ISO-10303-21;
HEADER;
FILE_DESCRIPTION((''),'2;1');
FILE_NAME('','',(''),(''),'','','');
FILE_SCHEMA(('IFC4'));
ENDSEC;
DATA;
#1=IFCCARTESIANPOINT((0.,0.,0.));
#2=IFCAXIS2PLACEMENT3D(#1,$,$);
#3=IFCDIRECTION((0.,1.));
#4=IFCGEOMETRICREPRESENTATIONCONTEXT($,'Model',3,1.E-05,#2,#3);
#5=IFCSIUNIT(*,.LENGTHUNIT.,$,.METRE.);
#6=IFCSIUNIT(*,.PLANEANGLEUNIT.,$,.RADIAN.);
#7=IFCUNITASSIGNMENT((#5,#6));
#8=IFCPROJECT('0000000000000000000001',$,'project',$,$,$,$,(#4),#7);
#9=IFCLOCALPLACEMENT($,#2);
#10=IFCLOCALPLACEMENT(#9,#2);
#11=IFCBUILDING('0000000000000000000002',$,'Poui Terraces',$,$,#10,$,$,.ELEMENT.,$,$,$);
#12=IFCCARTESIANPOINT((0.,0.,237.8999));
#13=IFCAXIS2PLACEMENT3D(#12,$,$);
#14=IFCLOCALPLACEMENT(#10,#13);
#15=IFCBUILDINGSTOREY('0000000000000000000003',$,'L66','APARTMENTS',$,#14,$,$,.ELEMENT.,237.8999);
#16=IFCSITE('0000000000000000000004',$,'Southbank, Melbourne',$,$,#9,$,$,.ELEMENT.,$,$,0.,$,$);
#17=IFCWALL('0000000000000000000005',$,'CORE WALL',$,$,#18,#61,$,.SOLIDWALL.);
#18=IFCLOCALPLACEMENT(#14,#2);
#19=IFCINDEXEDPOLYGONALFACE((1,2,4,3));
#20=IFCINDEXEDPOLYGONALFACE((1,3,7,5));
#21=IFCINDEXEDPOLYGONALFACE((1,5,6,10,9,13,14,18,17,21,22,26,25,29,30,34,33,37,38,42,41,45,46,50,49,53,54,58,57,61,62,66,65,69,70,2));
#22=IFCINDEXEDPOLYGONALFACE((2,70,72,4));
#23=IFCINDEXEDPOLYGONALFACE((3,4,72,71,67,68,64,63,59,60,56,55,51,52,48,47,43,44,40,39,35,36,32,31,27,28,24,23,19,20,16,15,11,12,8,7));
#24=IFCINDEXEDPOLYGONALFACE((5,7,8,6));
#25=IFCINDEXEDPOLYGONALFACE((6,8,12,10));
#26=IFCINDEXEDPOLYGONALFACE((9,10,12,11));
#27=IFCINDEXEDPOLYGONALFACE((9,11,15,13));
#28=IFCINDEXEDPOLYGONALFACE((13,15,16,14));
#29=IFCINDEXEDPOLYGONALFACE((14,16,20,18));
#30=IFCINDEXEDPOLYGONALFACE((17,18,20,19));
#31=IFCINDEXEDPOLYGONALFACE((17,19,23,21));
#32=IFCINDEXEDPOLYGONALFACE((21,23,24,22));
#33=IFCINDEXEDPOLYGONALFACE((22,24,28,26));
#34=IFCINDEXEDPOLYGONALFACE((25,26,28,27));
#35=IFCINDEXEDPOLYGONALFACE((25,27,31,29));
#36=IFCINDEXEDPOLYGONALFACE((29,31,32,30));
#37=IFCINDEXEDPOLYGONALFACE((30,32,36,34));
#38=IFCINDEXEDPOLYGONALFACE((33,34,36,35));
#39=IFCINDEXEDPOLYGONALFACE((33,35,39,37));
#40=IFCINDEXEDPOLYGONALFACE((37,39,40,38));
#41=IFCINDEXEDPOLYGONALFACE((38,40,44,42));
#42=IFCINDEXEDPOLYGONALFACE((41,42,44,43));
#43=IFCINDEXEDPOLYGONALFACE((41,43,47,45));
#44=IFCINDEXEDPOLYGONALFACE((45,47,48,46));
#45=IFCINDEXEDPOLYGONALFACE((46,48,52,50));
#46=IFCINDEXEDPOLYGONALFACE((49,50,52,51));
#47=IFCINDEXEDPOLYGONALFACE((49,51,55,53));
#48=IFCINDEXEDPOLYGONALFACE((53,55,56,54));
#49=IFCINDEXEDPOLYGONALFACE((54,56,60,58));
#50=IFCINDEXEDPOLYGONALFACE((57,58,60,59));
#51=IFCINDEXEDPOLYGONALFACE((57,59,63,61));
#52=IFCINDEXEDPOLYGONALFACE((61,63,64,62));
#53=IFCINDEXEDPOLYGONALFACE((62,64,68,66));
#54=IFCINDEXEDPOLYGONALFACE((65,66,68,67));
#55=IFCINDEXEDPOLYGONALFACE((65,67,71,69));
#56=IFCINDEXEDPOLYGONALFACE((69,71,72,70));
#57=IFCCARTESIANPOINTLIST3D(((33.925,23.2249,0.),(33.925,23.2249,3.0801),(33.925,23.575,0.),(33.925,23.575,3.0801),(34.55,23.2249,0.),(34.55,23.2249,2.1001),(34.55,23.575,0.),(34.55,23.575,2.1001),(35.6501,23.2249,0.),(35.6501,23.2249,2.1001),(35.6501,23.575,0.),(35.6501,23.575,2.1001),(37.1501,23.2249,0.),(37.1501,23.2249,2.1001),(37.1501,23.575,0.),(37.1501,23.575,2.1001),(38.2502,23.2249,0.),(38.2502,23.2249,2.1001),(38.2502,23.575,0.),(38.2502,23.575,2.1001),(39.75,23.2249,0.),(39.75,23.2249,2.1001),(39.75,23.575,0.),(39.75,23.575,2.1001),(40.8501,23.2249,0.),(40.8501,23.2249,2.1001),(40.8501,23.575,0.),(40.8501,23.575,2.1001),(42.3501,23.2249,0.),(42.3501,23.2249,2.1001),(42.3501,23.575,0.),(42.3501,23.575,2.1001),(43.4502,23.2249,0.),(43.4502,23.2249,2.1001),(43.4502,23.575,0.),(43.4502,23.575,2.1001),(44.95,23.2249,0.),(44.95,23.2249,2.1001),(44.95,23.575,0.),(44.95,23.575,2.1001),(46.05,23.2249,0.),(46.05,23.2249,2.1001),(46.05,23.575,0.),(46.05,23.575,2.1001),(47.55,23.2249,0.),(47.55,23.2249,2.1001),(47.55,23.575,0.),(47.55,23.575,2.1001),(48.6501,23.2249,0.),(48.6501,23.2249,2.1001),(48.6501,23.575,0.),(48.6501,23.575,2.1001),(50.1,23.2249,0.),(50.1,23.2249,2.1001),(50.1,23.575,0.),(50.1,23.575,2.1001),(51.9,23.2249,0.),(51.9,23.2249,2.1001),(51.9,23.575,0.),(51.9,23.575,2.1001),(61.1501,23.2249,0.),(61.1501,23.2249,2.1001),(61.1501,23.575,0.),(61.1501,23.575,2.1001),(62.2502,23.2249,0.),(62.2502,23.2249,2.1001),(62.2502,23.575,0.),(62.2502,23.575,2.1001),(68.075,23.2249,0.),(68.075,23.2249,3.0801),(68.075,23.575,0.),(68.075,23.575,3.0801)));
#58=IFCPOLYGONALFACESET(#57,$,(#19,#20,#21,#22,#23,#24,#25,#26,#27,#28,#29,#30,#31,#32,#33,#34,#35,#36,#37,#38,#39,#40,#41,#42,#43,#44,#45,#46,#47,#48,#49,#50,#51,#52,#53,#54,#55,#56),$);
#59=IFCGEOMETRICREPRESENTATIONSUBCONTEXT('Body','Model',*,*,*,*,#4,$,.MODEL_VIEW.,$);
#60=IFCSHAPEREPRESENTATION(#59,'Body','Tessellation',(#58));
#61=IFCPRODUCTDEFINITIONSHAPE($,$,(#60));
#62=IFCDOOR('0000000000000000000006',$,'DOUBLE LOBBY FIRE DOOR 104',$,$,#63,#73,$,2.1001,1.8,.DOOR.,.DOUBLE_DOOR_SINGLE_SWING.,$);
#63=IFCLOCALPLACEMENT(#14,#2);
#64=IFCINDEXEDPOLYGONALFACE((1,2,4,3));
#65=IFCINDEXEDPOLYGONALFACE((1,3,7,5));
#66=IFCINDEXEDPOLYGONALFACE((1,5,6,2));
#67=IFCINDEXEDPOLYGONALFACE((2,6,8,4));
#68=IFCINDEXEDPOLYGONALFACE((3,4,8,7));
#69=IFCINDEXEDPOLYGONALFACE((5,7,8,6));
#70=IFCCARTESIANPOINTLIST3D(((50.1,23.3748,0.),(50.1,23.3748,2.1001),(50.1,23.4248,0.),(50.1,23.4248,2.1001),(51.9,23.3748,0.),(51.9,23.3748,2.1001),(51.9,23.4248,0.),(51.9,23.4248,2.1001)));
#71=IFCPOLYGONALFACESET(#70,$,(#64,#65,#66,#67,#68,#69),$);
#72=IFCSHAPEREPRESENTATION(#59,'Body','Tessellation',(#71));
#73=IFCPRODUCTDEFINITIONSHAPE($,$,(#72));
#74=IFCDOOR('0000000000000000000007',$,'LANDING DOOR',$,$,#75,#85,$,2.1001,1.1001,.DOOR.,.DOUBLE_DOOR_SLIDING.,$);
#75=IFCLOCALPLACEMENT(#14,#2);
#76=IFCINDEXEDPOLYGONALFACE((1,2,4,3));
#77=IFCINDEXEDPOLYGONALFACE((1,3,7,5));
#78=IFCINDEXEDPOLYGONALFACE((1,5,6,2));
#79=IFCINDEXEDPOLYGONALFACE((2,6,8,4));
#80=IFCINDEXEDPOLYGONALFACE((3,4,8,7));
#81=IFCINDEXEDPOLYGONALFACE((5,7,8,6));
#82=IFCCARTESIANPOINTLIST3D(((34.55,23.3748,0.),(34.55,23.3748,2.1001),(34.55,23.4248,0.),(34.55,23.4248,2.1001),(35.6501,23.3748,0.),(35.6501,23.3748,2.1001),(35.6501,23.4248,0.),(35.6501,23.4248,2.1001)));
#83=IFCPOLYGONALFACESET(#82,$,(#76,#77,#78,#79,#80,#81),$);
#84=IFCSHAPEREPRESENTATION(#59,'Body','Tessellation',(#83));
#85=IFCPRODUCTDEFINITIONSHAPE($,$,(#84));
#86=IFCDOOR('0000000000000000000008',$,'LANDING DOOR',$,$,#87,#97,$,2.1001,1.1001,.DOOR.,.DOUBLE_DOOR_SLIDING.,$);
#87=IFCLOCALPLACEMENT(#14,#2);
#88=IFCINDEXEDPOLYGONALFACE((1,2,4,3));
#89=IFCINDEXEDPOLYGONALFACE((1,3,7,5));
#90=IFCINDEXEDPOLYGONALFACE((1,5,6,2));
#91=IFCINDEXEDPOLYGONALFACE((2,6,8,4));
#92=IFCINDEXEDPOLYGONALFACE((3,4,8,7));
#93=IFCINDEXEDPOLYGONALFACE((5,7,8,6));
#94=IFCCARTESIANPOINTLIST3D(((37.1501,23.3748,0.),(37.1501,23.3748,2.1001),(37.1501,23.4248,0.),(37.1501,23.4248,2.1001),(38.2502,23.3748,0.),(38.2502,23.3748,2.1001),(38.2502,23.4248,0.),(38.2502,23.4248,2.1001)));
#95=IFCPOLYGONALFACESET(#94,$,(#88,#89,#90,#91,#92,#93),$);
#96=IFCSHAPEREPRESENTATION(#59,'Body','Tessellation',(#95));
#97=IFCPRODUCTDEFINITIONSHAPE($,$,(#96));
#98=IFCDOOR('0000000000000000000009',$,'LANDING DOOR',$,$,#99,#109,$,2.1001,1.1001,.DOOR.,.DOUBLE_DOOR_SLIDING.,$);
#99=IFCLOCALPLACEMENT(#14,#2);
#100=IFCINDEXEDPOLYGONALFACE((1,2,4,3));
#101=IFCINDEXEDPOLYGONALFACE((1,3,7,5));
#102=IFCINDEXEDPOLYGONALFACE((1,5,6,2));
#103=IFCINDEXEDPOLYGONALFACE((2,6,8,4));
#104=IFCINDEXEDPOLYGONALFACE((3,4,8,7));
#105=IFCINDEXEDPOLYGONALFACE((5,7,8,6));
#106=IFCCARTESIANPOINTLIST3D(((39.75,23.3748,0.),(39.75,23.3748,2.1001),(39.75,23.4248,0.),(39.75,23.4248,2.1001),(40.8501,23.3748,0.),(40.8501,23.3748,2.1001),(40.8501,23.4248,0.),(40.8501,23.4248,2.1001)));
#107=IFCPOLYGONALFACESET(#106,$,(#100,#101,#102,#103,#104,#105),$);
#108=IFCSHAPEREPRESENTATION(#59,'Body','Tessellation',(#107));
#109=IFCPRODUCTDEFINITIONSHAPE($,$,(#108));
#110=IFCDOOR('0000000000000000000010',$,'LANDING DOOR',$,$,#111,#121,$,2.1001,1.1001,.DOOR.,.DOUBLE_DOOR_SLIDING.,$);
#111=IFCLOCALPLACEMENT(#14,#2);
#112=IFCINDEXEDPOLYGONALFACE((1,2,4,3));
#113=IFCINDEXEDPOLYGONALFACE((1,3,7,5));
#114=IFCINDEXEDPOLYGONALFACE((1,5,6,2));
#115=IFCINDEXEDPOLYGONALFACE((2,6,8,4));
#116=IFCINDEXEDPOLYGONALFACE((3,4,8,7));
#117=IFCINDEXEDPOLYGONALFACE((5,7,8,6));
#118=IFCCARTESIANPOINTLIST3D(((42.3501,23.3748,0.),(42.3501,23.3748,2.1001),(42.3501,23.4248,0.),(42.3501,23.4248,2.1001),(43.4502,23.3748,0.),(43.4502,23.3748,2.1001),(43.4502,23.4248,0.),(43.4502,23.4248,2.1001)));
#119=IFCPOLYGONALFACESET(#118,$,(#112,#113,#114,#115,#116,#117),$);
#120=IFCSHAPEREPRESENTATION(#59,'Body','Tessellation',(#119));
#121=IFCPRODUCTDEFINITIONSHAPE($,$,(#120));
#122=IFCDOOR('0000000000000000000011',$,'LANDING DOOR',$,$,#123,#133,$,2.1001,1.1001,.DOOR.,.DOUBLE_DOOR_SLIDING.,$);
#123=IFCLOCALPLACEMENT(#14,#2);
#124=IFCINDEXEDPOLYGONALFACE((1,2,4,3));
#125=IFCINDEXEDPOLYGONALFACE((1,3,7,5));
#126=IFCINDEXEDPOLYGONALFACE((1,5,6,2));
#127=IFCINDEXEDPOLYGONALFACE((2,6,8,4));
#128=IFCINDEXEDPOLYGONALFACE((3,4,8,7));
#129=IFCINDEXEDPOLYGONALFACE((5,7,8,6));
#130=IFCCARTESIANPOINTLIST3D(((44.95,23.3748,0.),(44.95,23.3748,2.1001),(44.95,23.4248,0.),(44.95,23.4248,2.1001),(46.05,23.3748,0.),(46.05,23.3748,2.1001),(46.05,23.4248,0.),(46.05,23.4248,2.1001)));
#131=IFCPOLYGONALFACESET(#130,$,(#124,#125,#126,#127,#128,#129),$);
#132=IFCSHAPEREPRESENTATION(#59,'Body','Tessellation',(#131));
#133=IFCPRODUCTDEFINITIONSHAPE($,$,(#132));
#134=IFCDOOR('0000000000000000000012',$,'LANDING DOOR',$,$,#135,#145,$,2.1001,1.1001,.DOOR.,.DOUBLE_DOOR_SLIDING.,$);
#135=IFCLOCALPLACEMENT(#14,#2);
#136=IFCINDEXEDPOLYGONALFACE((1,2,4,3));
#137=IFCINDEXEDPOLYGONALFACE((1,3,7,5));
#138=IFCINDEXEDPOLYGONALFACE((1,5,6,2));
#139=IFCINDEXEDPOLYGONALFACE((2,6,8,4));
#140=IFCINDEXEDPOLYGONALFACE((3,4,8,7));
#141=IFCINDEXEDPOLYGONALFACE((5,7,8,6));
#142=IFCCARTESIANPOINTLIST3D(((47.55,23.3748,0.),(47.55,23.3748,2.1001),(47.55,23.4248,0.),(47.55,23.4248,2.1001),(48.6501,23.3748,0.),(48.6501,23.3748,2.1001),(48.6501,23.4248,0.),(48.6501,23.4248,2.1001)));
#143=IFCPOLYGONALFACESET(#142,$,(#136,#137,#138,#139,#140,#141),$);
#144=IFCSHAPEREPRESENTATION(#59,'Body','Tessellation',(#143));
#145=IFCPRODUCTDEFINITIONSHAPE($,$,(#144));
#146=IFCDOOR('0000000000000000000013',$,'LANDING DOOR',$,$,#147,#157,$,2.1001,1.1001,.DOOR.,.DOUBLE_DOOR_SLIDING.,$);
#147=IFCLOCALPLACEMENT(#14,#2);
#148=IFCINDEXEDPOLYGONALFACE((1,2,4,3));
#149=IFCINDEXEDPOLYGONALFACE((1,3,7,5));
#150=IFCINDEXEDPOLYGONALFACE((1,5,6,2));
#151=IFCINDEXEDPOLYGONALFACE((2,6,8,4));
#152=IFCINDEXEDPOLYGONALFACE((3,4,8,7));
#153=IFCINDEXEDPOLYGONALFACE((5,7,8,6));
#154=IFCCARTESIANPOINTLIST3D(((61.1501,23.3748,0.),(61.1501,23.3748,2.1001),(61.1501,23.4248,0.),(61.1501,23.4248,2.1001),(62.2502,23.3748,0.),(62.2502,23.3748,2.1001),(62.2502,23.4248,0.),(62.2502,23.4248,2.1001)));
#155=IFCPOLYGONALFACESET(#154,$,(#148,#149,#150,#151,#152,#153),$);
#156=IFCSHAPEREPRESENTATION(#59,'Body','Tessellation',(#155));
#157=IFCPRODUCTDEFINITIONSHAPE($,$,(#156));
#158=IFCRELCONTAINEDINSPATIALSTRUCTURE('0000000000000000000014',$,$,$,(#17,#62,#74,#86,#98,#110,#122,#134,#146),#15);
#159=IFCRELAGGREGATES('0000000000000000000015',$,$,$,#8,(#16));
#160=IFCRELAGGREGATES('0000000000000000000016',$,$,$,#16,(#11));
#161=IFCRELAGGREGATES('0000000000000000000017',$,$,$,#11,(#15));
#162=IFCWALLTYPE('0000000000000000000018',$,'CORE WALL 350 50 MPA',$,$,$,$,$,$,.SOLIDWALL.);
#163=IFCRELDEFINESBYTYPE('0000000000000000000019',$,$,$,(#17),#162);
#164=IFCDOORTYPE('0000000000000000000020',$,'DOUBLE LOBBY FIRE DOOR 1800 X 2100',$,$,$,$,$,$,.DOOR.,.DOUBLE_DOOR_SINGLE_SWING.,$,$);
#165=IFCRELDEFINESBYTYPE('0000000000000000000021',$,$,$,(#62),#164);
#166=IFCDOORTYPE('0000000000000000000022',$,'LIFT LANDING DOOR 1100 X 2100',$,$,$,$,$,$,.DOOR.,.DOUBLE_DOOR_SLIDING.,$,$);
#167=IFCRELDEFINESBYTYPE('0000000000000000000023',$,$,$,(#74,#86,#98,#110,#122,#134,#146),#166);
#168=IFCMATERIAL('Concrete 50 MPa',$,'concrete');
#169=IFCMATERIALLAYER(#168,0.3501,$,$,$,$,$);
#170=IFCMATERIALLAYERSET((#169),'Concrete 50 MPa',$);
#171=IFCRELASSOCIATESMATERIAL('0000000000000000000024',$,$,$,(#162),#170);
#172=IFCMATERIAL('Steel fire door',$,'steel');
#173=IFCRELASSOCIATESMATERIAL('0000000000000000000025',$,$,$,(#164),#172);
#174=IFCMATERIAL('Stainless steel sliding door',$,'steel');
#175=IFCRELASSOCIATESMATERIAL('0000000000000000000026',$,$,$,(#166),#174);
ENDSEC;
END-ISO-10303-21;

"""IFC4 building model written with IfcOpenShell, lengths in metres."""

from ifc_helpers import new_model, si_unit, direction, frame, frame_2d, origin, place, context, subcontext, project, spatial, rectangle, extrude, material, layer, layer_set, type_object, element, fill, save


model = new_model("IFC4")

# Units and contexts
model_context = context("Model", 3, precision=1e-05, world=origin(), true_north=direction((0.0, 1.0)))
body_context = subcontext(model_context, "Body", "Model", "MODEL_VIEW")
ifc_project = project(units=[si_unit("LENGTHUNIT", "METRE"), si_unit("PLANEANGLEUNIT", "RADIAN")], contexts=[model_context])

# Site, building, storey
site_placement = place(None, origin())
site = spatial("IfcSite", under=ifc_project, at=site_placement, Name="Southbank, Melbourne", CompositionType="ELEMENT", RefElevation=0.0)
building_placement = place(site_placement, origin())
building = spatial("IfcBuilding", under=site, at=building_placement, Name="Poui Terraces", CompositionType="ELEMENT")
storey_placement = place(building_placement, frame((0.0, 0.0, 237.8999)))
storey = spatial("IfcBuildingStorey", under=building, at=storey_placement, Name="L66", Description="APARTMENTS", CompositionType="ELEMENT", Elevation=237.8999)

# Wall, openings, doors
ifc_material_1 = material(Name="Concrete 50 MPa", Category="concrete")
ifc_layer_1 = layer(ifc_material_1, 0.3501)
ifc_layer_set_1 = layer_set([ifc_layer_1], Name="Concrete 50 MPa")
wall_type_1 = type_object("IfcWallType", Name="CORE WALL 350 50 MPA", PredefinedType="SOLIDWALL", material=ifc_layer_set_1)
ifc_material_2 = material(Name="Steel fire door", Category="steel")
door_type_1 = type_object("IfcDoorType", Name="DOUBLE LOBBY FIRE DOOR 1800 X 2100", OperationType="DOUBLE_DOOR_SINGLE_SWING", PredefinedType="DOOR", material=ifc_material_2)
wall_1_placement = place(storey_placement, frame((33.925, 23.3999, 0.0), z_axis=(0.0, 0.0, 1.0), x_axis=(1.0, 0.0, 0.0)))
wall_1 = element("IfcWall", 1, at=wall_1_placement, inside=storey, type_object=wall_type_1, Name="CORE WALL", PredefinedType="SOLIDWALL", context=body_context, shape_type="SweptSolid", body=[
    extrude(rectangle(XDim=34.1499, YDim=0.3501, at=frame_2d((17.075, 0.0))), origin(), (0.0, 0.0, 1.0), 3.0801),
])
opening_1_placement = place(wall_1_placement, frame((16.175, 0.0, 0.0)))
opening_1 = element("IfcOpeningElement", 2, at=opening_1_placement, cuts=wall_1, PredefinedType="OPENING", context=body_context, shape_type="SweptSolid", body=[
    extrude(rectangle(XDim=1.8, YDim=2.1001, at=frame_2d((0.8999, 1.05))), frame((0.0, 0.1851, 0.0), z_axis=(0.0, -1.0, 0.0), x_axis=(1.0, 0.0, 0.0)), (0.0, 0.0, 1.0), 0.3701),
])
opening_2_placement = place(wall_1_placement, frame((0.625, 0.0, 0.0)))
opening_2 = element("IfcOpeningElement", 3, at=opening_2_placement, cuts=wall_1, PredefinedType="OPENING", context=body_context, shape_type="SweptSolid", body=[
    extrude(rectangle(XDim=1.1001, YDim=2.1001, at=frame_2d((0.55, 1.05))), frame((0.0, 0.1851, 0.0), z_axis=(0.0, -1.0, 0.0), x_axis=(1.0, 0.0, 0.0)), (0.0, 0.0, 1.0), 0.3701),
])
opening_3_placement = place(wall_1_placement, frame((3.2251, 0.0, 0.0)))
opening_3 = element("IfcOpeningElement", 4, at=opening_3_placement, cuts=wall_1, PredefinedType="OPENING", context=body_context, shape_type="SweptSolid", body=[
    extrude(rectangle(XDim=1.1001, YDim=2.1001, at=frame_2d((0.55, 1.05))), frame((0.0, 0.1851, 0.0), z_axis=(0.0, -1.0, 0.0), x_axis=(1.0, 0.0, 0.0)), (0.0, 0.0, 1.0), 0.3701),
])
opening_4_placement = place(wall_1_placement, frame((5.825, 0.0, 0.0)))
opening_4 = element("IfcOpeningElement", 5, at=opening_4_placement, cuts=wall_1, PredefinedType="OPENING", context=body_context, shape_type="SweptSolid", body=[
    extrude(rectangle(XDim=1.1001, YDim=2.1001, at=frame_2d((0.55, 1.05))), frame((0.0, 0.1851, 0.0), z_axis=(0.0, -1.0, 0.0), x_axis=(1.0, 0.0, 0.0)), (0.0, 0.0, 1.0), 0.3701),
])
opening_5_placement = place(wall_1_placement, frame((8.425, 0.0, 0.0)))
opening_5 = element("IfcOpeningElement", 6, at=opening_5_placement, cuts=wall_1, PredefinedType="OPENING", context=body_context, shape_type="SweptSolid", body=[
    extrude(rectangle(XDim=1.1001, YDim=2.1001, at=frame_2d((0.55, 1.05))), frame((0.0, 0.1851, 0.0), z_axis=(0.0, -1.0, 0.0), x_axis=(1.0, 0.0, 0.0)), (0.0, 0.0, 1.0), 0.3701),
])
opening_6_placement = place(wall_1_placement, frame((11.0249, 0.0, 0.0)))
opening_6 = element("IfcOpeningElement", 7, at=opening_6_placement, cuts=wall_1, PredefinedType="OPENING", context=body_context, shape_type="SweptSolid", body=[
    extrude(rectangle(XDim=1.1001, YDim=2.1001, at=frame_2d((0.55, 1.05))), frame((0.0, 0.1851, 0.0), z_axis=(0.0, -1.0, 0.0), x_axis=(1.0, 0.0, 0.0)), (0.0, 0.0, 1.0), 0.3701),
])
opening_7_placement = place(wall_1_placement, frame((13.625, 0.0, 0.0)))
opening_7 = element("IfcOpeningElement", 8, at=opening_7_placement, cuts=wall_1, PredefinedType="OPENING", context=body_context, shape_type="SweptSolid", body=[
    extrude(rectangle(XDim=1.1001, YDim=2.1001, at=frame_2d((0.55, 1.05))), frame((0.0, 0.1851, 0.0), z_axis=(0.0, -1.0, 0.0), x_axis=(1.0, 0.0, 0.0)), (0.0, 0.0, 1.0), 0.3701),
])
opening_8_placement = place(wall_1_placement, frame((27.2251, 0.0, 0.0)))
opening_8 = element("IfcOpeningElement", 9, at=opening_8_placement, cuts=wall_1, PredefinedType="OPENING", context=body_context, shape_type="SweptSolid", body=[
    extrude(rectangle(XDim=1.1001, YDim=2.1001, at=frame_2d((0.55, 1.05))), frame((0.0, 0.1851, 0.0), z_axis=(0.0, -1.0, 0.0), x_axis=(1.0, 0.0, 0.0)), (0.0, 0.0, 1.0), 0.3701),
])
door_1_placement = place(opening_1_placement, origin())
door_1 = element("IfcDoor", 10, at=door_1_placement, inside=storey, type_object=door_type_1, Name="DOUBLE LOBBY FIRE DOOR 104", OperationType="DOUBLE_DOOR_SINGLE_SWING", OverallHeight=2.1001, OverallWidth=1.8, PredefinedType="DOOR", context=body_context, shape_type="SweptSolid", body=[
    extrude(rectangle(XDim=1.8, YDim=2.1001, at=frame_2d((0.8999, 1.05))), frame((0.0, 0.0249, 0.0), z_axis=(0.0, -1.0, 0.0), x_axis=(1.0, 0.0, 0.0)), (0.0, 0.0, 1.0), 0.05),
])
fill(opening_1, door_1)
ifc_material_3 = material(Name="Stainless steel sliding door", Category="steel")
door_type_2 = type_object("IfcDoorType", Name="LIFT LANDING DOOR 1100 X 2100", OperationType="DOUBLE_DOOR_SLIDING", PredefinedType="DOOR", material=ifc_material_3)
door_2_placement = place(opening_2_placement, origin())
door_2 = element("IfcDoor", 11, at=door_2_placement, inside=storey, type_object=door_type_2, Name="LANDING DOOR", OperationType="DOUBLE_DOOR_SLIDING", OverallHeight=2.1001, OverallWidth=1.1001, PredefinedType="DOOR", context=body_context, shape_type="SweptSolid", body=[
    extrude(rectangle(XDim=1.1001, YDim=2.1001, at=frame_2d((0.55, 1.05))), frame((0.0, 0.0249, 0.0), z_axis=(0.0, -1.0, 0.0), x_axis=(1.0, 0.0, 0.0)), (0.0, 0.0, 1.0), 0.05),
])
fill(opening_2, door_2)
door_3_placement = place(opening_3_placement, origin())
door_3 = element("IfcDoor", 12, at=door_3_placement, inside=storey, type_object=door_type_2, Name="LANDING DOOR", OperationType="DOUBLE_DOOR_SLIDING", OverallHeight=2.1001, OverallWidth=1.1001, PredefinedType="DOOR", context=body_context, shape_type="SweptSolid", body=[
    extrude(rectangle(XDim=1.1001, YDim=2.1001, at=frame_2d((0.55, 1.05))), frame((0.0, 0.0249, 0.0), z_axis=(0.0, -1.0, 0.0), x_axis=(1.0, 0.0, 0.0)), (0.0, 0.0, 1.0), 0.05),
])
fill(opening_3, door_3)
door_4_placement = place(opening_4_placement, origin())
door_4 = element("IfcDoor", 13, at=door_4_placement, inside=storey, type_object=door_type_2, Name="LANDING DOOR", OperationType="DOUBLE_DOOR_SLIDING", OverallHeight=2.1001, OverallWidth=1.1001, PredefinedType="DOOR", context=body_context, shape_type="SweptSolid", body=[
    extrude(rectangle(XDim=1.1001, YDim=2.1001, at=frame_2d((0.55, 1.05))), frame((0.0, 0.0249, 0.0), z_axis=(0.0, -1.0, 0.0), x_axis=(1.0, 0.0, 0.0)), (0.0, 0.0, 1.0), 0.05),
])
fill(opening_4, door_4)
door_5_placement = place(opening_5_placement, origin())
door_5 = element("IfcDoor", 14, at=door_5_placement, inside=storey, type_object=door_type_2, Name="LANDING DOOR", OperationType="DOUBLE_DOOR_SLIDING", OverallHeight=2.1001, OverallWidth=1.1001, PredefinedType="DOOR", context=body_context, shape_type="SweptSolid", body=[
    extrude(rectangle(XDim=1.1001, YDim=2.1001, at=frame_2d((0.55, 1.05))), frame((0.0, 0.0249, 0.0), z_axis=(0.0, -1.0, 0.0), x_axis=(1.0, 0.0, 0.0)), (0.0, 0.0, 1.0), 0.05),
])
fill(opening_5, door_5)
door_6_placement = place(opening_6_placement, origin())
door_6 = element("IfcDoor", 15, at=door_6_placement, inside=storey, type_object=door_type_2, Name="LANDING DOOR", OperationType="DOUBLE_DOOR_SLIDING", OverallHeight=2.1001, OverallWidth=1.1001, PredefinedType="DOOR", context=body_context, shape_type="SweptSolid", body=[
    extrude(rectangle(XDim=1.1001, YDim=2.1001, at=frame_2d((0.55, 1.05))), frame((0.0, 0.0249, 0.0), z_axis=(0.0, -1.0, 0.0), x_axis=(1.0, 0.0, 0.0)), (0.0, 0.0, 1.0), 0.05),
])
fill(opening_6, door_6)
door_7_placement = place(opening_7_placement, origin())
door_7 = element("IfcDoor", 16, at=door_7_placement, inside=storey, type_object=door_type_2, Name="LANDING DOOR", OperationType="DOUBLE_DOOR_SLIDING", OverallHeight=2.1001, OverallWidth=1.1001, PredefinedType="DOOR", context=body_context, shape_type="SweptSolid", body=[
    extrude(rectangle(XDim=1.1001, YDim=2.1001, at=frame_2d((0.55, 1.05))), frame((0.0, 0.0249, 0.0), z_axis=(0.0, -1.0, 0.0), x_axis=(1.0, 0.0, 0.0)), (0.0, 0.0, 1.0), 0.05),
])
fill(opening_7, door_7)
door_8_placement = place(opening_8_placement, origin())
door_8 = element("IfcDoor", 17, at=door_8_placement, inside=storey, type_object=door_type_2, Name="LANDING DOOR", OperationType="DOUBLE_DOOR_SLIDING", OverallHeight=2.1001, OverallWidth=1.1001, PredefinedType="DOOR", context=body_context, shape_type="SweptSolid", body=[
    extrude(rectangle(XDim=1.1001, YDim=2.1001, at=frame_2d((0.55, 1.05))), frame((0.0, 0.0249, 0.0), z_axis=(0.0, -1.0, 0.0), x_axis=(1.0, 0.0, 0.0)), (0.0, 0.0, 1.0), 0.05),
])
fill(opening_8, door_8)

save(model, "model.ifc")
